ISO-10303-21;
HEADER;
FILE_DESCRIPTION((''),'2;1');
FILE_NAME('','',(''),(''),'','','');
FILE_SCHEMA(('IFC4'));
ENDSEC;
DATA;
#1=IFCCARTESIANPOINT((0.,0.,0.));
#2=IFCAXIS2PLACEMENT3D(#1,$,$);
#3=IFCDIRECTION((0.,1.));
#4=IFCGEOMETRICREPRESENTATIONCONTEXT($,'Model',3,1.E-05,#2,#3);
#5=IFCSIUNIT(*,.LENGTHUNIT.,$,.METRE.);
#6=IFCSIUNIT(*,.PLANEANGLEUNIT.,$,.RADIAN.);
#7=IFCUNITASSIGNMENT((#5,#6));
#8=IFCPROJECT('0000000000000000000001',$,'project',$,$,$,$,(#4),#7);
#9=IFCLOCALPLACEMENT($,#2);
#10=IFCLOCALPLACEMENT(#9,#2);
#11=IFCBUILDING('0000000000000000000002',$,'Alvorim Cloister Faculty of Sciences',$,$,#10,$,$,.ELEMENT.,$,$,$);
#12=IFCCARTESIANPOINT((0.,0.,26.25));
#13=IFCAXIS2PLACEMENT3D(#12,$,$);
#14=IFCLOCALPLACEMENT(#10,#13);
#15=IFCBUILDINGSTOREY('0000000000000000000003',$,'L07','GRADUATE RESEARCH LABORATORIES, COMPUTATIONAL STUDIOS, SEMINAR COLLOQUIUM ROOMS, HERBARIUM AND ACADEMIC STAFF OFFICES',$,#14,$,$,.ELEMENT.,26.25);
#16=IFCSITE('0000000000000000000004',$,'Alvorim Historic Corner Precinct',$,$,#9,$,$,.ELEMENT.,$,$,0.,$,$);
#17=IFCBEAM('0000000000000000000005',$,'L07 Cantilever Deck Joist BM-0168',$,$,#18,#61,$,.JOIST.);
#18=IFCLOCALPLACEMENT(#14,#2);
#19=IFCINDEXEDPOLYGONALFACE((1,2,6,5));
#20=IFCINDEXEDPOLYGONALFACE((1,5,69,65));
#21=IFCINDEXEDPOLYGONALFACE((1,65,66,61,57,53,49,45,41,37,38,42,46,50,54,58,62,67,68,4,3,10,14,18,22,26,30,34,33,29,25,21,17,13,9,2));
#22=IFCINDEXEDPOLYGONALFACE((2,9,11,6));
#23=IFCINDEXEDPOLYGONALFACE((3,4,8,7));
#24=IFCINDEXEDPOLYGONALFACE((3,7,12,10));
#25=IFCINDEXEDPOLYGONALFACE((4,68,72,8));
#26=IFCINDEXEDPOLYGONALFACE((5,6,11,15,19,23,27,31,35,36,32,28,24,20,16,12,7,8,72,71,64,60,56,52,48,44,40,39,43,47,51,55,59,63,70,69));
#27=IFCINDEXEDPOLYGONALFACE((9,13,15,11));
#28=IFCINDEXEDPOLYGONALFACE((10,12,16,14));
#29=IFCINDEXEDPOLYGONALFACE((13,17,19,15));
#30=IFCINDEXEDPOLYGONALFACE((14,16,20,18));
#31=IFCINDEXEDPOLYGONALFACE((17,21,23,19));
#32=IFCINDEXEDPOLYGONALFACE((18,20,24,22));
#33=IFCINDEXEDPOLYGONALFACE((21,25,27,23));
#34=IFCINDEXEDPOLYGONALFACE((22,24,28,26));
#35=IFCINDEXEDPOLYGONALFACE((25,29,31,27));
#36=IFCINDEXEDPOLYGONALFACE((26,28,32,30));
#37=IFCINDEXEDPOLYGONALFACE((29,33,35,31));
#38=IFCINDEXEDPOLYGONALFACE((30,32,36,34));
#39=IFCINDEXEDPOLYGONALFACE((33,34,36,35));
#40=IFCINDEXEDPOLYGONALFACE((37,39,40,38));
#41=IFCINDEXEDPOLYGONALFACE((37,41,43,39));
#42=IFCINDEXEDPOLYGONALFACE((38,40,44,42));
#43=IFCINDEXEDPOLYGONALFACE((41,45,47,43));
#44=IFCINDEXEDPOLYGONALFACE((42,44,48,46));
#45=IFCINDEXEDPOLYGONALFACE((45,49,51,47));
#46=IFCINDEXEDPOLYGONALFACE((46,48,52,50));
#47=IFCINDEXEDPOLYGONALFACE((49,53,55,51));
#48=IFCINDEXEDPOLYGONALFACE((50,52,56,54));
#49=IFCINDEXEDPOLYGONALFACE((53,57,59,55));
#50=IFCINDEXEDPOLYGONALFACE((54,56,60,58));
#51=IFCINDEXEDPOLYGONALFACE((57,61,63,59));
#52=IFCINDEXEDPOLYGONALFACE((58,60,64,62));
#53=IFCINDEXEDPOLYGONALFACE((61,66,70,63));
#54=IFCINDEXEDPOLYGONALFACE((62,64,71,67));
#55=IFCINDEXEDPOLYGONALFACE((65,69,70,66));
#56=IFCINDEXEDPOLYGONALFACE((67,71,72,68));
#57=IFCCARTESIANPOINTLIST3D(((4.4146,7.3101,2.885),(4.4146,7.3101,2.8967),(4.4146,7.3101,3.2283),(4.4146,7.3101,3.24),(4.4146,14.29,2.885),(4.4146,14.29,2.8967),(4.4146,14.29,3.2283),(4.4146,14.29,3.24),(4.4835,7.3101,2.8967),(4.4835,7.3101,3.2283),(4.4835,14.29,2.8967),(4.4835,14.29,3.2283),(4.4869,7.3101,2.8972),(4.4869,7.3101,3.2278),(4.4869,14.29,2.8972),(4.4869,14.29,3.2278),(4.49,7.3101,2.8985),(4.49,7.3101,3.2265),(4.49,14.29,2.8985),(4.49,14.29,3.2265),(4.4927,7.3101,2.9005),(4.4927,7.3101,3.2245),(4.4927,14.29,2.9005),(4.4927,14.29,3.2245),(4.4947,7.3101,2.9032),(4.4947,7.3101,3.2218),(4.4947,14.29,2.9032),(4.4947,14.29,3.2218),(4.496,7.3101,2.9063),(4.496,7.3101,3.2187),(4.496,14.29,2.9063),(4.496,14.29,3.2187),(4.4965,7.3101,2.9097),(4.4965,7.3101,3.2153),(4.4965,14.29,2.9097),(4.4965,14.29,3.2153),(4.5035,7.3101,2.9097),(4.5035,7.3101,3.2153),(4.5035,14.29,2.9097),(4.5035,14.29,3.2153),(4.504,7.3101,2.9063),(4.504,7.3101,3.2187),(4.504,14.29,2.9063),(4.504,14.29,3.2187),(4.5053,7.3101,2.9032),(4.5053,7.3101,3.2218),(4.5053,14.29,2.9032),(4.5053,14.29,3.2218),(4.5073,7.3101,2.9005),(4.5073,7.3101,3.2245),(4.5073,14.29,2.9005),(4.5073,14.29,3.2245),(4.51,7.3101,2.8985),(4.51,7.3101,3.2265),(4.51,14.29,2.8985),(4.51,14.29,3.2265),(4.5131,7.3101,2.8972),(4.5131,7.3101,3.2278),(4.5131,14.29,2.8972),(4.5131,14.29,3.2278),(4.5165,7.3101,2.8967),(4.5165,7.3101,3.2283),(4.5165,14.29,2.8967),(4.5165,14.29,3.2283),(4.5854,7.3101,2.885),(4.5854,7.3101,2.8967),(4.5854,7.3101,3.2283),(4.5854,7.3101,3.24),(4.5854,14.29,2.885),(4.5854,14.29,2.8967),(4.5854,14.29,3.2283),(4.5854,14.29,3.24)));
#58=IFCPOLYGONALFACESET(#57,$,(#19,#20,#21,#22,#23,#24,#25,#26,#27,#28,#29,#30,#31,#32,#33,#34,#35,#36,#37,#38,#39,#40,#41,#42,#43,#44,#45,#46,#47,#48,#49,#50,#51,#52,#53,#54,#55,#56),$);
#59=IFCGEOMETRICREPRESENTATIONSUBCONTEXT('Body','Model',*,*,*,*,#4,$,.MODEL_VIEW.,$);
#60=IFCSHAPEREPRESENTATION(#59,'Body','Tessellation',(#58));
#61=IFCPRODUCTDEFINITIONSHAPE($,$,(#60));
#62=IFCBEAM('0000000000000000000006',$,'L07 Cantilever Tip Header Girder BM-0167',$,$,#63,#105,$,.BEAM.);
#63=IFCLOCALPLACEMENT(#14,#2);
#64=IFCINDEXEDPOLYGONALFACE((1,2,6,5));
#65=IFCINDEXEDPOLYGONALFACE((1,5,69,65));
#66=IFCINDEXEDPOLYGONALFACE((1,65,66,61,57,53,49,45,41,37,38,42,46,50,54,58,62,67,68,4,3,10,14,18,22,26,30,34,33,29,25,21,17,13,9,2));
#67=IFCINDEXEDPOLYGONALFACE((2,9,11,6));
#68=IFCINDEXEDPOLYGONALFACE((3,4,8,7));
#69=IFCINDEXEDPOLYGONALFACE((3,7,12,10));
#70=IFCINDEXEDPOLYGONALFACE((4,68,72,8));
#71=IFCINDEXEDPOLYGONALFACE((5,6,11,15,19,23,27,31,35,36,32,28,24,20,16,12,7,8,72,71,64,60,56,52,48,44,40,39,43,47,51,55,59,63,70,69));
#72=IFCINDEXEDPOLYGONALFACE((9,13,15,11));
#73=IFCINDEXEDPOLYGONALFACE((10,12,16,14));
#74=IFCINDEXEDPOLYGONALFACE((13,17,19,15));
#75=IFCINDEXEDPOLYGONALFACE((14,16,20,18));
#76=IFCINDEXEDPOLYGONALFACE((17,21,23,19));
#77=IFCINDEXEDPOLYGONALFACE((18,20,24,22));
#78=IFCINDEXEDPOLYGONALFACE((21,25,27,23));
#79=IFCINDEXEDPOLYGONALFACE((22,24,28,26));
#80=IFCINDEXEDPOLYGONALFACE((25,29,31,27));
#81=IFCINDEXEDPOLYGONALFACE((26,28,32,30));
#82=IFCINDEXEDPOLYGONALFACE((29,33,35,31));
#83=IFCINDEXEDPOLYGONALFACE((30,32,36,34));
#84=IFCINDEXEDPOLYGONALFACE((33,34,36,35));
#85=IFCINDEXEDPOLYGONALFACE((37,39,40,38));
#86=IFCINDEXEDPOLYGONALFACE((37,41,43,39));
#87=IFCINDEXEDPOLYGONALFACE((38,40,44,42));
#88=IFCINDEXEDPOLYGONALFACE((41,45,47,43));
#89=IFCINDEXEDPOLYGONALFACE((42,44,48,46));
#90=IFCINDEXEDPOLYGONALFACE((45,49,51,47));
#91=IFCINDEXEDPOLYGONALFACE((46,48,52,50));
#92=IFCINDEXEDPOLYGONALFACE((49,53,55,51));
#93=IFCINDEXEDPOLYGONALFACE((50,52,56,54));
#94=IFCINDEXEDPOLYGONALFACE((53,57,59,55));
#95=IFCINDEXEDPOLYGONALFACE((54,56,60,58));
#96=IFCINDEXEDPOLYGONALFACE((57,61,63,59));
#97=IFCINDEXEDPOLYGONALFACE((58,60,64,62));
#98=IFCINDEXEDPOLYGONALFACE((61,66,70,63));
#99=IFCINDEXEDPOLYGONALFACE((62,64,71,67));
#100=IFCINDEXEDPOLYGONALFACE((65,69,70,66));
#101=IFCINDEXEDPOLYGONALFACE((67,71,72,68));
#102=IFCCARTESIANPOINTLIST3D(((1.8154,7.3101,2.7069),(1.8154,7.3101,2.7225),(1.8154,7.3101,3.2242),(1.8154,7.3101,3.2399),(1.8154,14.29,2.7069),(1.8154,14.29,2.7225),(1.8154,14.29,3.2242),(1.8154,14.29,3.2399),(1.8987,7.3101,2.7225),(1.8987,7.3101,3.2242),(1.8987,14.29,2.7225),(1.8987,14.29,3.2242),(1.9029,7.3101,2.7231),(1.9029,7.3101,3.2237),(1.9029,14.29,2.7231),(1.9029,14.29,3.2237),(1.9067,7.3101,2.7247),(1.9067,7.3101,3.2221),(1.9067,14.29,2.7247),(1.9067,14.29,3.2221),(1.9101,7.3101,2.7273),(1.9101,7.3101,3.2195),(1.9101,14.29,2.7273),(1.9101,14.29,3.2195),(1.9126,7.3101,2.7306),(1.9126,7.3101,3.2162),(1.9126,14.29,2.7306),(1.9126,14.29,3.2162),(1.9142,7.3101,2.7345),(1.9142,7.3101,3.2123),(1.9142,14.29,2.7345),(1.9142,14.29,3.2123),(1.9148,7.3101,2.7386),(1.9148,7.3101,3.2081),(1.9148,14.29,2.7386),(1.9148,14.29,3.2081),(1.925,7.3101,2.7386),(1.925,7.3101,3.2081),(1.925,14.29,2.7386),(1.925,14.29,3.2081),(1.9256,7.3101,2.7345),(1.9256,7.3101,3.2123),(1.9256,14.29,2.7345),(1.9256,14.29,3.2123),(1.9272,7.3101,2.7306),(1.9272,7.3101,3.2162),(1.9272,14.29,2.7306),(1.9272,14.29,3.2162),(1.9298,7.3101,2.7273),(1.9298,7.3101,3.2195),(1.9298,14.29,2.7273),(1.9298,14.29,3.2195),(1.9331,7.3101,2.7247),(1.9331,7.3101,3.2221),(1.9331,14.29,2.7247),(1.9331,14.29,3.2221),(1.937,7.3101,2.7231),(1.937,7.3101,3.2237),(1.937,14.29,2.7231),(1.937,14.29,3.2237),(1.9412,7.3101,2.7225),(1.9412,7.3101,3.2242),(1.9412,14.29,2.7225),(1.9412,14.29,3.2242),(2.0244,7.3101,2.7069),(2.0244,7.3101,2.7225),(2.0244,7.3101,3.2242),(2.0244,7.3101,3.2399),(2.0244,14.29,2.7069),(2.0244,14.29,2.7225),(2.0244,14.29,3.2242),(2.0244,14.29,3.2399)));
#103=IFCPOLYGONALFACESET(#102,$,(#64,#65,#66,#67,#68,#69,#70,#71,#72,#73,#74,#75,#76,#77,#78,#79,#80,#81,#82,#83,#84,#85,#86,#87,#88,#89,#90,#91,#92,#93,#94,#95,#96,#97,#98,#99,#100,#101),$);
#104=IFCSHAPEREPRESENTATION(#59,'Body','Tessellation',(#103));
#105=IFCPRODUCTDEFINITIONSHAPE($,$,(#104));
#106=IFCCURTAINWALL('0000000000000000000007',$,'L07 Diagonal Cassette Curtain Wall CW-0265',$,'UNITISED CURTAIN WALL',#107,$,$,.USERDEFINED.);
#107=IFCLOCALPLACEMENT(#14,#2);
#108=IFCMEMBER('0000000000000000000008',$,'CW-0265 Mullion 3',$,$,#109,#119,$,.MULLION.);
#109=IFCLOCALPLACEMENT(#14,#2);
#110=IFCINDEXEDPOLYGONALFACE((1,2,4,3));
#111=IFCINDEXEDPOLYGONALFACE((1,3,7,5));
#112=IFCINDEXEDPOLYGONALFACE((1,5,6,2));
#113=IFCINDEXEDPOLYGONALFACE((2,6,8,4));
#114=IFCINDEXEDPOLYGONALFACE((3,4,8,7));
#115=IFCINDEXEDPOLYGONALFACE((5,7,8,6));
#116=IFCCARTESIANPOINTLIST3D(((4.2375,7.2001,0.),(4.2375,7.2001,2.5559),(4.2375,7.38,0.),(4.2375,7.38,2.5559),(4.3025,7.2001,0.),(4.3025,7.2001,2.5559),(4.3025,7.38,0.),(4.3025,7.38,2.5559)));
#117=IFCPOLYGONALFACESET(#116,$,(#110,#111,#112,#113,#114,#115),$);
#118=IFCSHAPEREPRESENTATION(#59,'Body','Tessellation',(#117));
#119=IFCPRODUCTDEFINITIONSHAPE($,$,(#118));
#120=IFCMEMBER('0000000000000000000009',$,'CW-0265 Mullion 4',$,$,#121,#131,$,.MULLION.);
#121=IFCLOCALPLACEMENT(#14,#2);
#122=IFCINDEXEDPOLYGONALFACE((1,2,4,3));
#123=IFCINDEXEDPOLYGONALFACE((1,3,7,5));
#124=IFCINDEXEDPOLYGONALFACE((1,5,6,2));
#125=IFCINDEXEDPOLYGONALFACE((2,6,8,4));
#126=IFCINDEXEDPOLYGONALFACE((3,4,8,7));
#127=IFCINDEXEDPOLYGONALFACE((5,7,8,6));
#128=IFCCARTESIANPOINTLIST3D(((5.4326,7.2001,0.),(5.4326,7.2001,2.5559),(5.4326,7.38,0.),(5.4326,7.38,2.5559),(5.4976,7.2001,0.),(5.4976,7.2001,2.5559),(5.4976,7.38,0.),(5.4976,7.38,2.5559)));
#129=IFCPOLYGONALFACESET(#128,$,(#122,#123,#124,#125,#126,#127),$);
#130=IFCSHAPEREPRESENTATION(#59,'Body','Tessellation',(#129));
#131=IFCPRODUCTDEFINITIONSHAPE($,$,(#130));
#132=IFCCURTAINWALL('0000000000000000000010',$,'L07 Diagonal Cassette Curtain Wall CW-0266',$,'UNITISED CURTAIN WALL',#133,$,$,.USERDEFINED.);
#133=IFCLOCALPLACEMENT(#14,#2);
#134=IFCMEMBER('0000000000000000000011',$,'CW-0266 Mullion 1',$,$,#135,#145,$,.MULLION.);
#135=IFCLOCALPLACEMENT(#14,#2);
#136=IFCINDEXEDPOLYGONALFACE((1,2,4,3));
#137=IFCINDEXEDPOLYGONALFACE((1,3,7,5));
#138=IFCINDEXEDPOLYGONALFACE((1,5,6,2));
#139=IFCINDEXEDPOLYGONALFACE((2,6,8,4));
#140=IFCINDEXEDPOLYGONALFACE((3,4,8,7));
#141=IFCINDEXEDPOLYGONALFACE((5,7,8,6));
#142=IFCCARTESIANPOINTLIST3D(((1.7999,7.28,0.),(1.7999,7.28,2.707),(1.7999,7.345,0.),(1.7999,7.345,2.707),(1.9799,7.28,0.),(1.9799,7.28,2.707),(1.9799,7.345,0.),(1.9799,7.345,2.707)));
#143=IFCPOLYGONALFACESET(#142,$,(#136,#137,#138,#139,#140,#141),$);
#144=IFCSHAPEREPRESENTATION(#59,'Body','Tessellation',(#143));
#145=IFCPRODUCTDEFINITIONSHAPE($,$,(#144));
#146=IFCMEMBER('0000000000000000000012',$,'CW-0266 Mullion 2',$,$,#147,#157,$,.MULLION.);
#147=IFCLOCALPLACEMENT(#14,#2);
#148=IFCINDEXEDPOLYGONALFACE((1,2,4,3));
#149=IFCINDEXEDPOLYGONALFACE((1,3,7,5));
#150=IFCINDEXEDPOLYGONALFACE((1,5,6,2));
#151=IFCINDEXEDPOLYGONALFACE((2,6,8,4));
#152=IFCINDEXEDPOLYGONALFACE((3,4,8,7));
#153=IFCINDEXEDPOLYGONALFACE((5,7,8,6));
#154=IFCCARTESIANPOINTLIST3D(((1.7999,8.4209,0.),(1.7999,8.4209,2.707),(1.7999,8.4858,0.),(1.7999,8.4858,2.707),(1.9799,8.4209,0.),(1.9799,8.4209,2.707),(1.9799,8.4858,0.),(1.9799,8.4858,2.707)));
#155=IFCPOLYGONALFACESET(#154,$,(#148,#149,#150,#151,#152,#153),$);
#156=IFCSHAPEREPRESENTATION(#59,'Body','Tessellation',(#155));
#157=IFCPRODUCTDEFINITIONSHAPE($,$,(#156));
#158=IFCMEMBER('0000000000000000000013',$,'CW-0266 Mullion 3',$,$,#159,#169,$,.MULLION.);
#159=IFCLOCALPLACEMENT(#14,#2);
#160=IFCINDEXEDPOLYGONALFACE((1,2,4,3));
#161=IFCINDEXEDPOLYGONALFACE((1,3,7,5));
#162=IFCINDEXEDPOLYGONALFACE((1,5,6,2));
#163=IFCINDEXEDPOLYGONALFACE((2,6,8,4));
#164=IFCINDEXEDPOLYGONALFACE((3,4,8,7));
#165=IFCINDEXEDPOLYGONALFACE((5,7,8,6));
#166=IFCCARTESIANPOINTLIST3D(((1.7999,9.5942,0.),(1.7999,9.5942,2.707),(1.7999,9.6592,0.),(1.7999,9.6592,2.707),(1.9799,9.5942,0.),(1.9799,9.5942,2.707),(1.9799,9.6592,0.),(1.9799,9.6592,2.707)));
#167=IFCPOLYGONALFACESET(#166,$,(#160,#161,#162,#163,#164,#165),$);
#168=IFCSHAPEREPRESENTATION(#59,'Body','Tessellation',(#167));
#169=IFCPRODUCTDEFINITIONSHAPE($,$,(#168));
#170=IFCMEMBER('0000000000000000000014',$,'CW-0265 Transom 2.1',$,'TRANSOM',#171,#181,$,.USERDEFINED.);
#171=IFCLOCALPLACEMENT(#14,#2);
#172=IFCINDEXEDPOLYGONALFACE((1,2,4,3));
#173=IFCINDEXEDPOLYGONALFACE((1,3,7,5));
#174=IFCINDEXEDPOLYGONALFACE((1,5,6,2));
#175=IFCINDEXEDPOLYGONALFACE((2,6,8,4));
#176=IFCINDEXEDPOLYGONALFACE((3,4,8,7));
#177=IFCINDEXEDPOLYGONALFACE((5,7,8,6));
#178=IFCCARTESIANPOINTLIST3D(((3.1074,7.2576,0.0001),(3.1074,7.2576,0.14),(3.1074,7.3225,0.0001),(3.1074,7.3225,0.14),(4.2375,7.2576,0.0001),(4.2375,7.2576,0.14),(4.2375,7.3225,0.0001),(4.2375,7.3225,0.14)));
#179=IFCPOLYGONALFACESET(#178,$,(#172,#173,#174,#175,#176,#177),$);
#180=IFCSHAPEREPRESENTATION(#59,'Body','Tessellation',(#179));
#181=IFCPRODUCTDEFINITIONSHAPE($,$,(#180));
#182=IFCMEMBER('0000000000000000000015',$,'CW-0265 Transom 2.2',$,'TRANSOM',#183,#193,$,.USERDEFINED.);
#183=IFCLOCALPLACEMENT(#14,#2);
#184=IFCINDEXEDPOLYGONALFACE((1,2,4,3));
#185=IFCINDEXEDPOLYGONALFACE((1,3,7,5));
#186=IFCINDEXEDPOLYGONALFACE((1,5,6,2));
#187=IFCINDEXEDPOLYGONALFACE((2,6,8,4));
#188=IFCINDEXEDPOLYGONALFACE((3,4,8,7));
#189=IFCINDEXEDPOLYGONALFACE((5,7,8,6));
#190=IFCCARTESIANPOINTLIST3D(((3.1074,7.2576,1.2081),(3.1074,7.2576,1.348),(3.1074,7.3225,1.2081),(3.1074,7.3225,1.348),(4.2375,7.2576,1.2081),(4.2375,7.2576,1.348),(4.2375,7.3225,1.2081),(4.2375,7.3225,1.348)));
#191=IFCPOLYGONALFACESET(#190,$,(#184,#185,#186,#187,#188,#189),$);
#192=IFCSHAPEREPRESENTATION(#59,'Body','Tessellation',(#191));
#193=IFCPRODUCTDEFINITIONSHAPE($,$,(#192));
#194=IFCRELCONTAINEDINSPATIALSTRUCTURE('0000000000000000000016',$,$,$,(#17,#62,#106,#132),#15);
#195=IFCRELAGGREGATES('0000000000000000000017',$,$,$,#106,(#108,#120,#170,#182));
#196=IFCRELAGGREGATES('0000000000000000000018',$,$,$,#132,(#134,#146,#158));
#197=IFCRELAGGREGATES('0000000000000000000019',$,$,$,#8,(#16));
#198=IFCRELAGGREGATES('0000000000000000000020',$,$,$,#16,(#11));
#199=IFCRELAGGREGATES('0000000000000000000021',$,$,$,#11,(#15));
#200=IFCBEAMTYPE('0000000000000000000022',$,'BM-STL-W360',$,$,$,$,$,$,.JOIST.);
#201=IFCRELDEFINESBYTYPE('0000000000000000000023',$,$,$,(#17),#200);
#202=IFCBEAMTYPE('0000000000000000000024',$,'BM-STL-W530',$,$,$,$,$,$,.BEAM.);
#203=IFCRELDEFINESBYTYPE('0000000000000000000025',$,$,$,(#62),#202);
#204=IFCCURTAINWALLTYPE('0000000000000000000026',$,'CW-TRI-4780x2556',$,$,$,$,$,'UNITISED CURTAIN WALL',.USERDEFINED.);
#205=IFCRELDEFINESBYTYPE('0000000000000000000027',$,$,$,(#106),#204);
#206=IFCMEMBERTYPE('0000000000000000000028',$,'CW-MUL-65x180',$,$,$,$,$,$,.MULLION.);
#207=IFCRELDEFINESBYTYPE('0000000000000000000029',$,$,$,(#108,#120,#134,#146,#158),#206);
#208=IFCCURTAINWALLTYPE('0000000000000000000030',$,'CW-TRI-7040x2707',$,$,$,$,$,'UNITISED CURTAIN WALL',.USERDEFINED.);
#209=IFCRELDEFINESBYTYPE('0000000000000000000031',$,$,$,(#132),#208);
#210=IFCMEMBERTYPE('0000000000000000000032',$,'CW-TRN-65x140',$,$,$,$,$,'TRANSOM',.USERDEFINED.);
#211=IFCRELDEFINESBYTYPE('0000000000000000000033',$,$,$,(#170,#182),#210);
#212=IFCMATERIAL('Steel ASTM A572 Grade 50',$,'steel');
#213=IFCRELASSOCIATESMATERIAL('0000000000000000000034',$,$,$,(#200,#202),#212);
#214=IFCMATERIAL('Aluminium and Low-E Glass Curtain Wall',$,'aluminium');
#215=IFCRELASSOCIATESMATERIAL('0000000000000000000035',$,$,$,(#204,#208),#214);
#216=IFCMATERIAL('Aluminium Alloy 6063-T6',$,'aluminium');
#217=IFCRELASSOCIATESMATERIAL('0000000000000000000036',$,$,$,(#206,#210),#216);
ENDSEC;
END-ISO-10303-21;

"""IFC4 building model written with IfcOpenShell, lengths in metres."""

from ifc_helpers import new_model, si_unit, direction, frame, origin, origin_2d, place, context, subcontext, project, spatial, rectangle, i_section, extrude, material, material_profile, profile_set, type_object, element, aggregate, save


model = new_model("IFC4")

# Units and contexts
model_context = context("Model", 3, precision=1e-05, world=origin(), true_north=direction((0.0, 1.0)))
body_context = subcontext(model_context, "Body", "Model", "MODEL_VIEW")
ifc_project = project(units=[si_unit("LENGTHUNIT", "METRE"), si_unit("PLANEANGLEUNIT", "RADIAN")], contexts=[model_context])

# Site, building, storey
site_placement = place(None, origin())
site = spatial("IfcSite", under=ifc_project, at=site_placement, Name="Alvorim Historic Corner Precinct", CompositionType="ELEMENT", RefElevation=0.0)
building_placement = place(site_placement, origin())
building = spatial("IfcBuilding", under=site, at=building_placement, Name="Alvorim Cloister Faculty of Sciences", CompositionType="ELEMENT")
storey_placement = place(building_placement, frame((0.0, 0.0, 26.25)))
storey = spatial("IfcBuildingStorey", under=building, at=storey_placement, Name="L07", Description="GRADUATE RESEARCH LABORATORIES, COMPUTATIONAL STUDIOS, SEMINAR COLLOQUIUM ROOMS, HERBARIUM AND ACADEMIC STAFF OFFICES", CompositionType="ELEMENT", Elevation=26.25)

# Beams
ifc_material_1 = material(Name="Steel ASTM A572 Grade 50", Category="steel")
ifc_material_profile_1 = material_profile(ifc_material_1, i_section(OverallWidth=0.1709, OverallDepth=0.355, WebThickness=0.0071, FlangeThickness=0.0117, FilletRadius=0.0129, at=origin_2d()), Name="W360x51.0")
ifc_profile_set_1 = profile_set([ifc_material_profile_1], Name="Steel ASTM A572 Grade 50")
beam_type_1 = type_object("IfcBeamType", Name="BM-STL-W360", PredefinedType="JOIST", material=ifc_profile_set_1)
beam_1_placement = place(storey_placement, frame((4.5, 7.3101, 3.0625), z_axis=(0.0, 1.0, 0.0), x_axis=(-1.0, 0.0, 0.0)))
element("IfcBeam", 1, at=beam_1_placement, inside=storey, type_object=beam_type_1, Name="L07 Cantilever Deck Joist BM-0168", PredefinedType="JOIST", context=body_context, shape_type="SweptSolid", body=[
    extrude(i_section(OverallWidth=0.1709, OverallDepth=0.355, WebThickness=0.0071, FlangeThickness=0.0117, FilletRadius=0.0129, at=origin_2d()), origin(), (0.0, 0.0, 1.0), 6.98),
])
ifc_material_profile_2 = material_profile(ifc_material_1, i_section(OverallWidth=0.209, OverallDepth=0.533, WebThickness=0.0103, FlangeThickness=0.0156, FilletRadius=0.0161, at=origin_2d()), Name="W530x92.0")
ifc_profile_set_2 = profile_set([ifc_material_profile_2], Name="Steel ASTM A572 Grade 50")
beam_type_2 = type_object("IfcBeamType", Name="BM-STL-W530", PredefinedType="BEAM", material=ifc_profile_set_2)
beam_2_placement = place(storey_placement, frame((1.9199, 7.3101, 2.9734), z_axis=(0.0, 1.0, 0.0), x_axis=(-1.0, 0.0, 0.0)))
element("IfcBeam", 2, at=beam_2_placement, inside=storey, type_object=beam_type_2, Name="L07 Cantilever Tip Header Girder BM-0167", PredefinedType="BEAM", context=body_context, shape_type="SweptSolid", body=[
    extrude(i_section(OverallWidth=0.209, OverallDepth=0.533, WebThickness=0.0103, FlangeThickness=0.0156, FilletRadius=0.0161, at=origin_2d()), origin(), (0.0, 0.0, 1.0), 6.98),
])

# Curtain walls, members
ifc_material_2 = material(Name="Aluminium and Low-E Glass Curtain Wall", Category="aluminium")
curtain_wall_type_1 = type_object("IfcCurtainWallType", Name="CW-TRI-4780x2556", ElementType="UNITISED CURTAIN WALL", PredefinedType="USERDEFINED", material=ifc_material_2)
curtain_wall_1_placement = place(storey_placement, origin())
curtain_wall_1 = element("IfcCurtainWall", 3, at=curtain_wall_1_placement, inside=storey, type_object=curtain_wall_type_1, Name="L07 Diagonal Cassette Curtain Wall CW-0265", ObjectType="UNITISED CURTAIN WALL", PredefinedType="USERDEFINED")
ifc_material_3 = material(Name="Aluminium Alloy 6063-T6", Category="aluminium")
ifc_material_profile_3 = material_profile(ifc_material_3, rectangle(XDim=0.0649, YDim=0.1799, at=origin_2d()), Name="ALU-MUL-65x180")
ifc_profile_set_3 = profile_set([ifc_material_profile_3], Name="Aluminium Alloy 6063-T6")
member_type_1 = type_object("IfcMemberType", Name="CW-MUL-65x180", PredefinedType="MULLION", material=ifc_profile_set_3)
member_1_placement = place(storey_placement, frame((4.27, 7.29, 0.0), z_axis=(0.0, 0.0, 1.0), x_axis=(1.0, 0.0, 0.0)))
member_1 = element("IfcMember", 4, at=member_1_placement, type_object=member_type_1, Name="CW-0265 Mullion 3", PredefinedType="MULLION", context=body_context, shape_type="SweptSolid", body=[
    extrude(rectangle(XDim=0.0649, YDim=0.1799, at=origin_2d()), origin(), (0.0, 0.0, 1.0), 2.5559),
])
member_2_placement = place(storey_placement, frame((5.4651, 7.29, 0.0), z_axis=(0.0, 0.0, 1.0), x_axis=(1.0, 0.0, 0.0)))
member_2 = element("IfcMember", 5, at=member_2_placement, type_object=member_type_1, Name="CW-0265 Mullion 4", PredefinedType="MULLION", context=body_context, shape_type="SweptSolid", body=[
    extrude(rectangle(XDim=0.0649, YDim=0.1799, at=origin_2d()), origin(), (0.0, 0.0, 1.0), 2.5559),
])
curtain_wall_type_2 = type_object("IfcCurtainWallType", Name="CW-TRI-7040x2707", ElementType="UNITISED CURTAIN WALL", PredefinedType="USERDEFINED", material=ifc_material_2)
curtain_wall_2_placement = place(storey_placement, origin())
curtain_wall_2 = element("IfcCurtainWall", 6, at=curtain_wall_2_placement, inside=storey, type_object=curtain_wall_type_2, Name="L07 Diagonal Cassette Curtain Wall CW-0266", ObjectType="UNITISED CURTAIN WALL", PredefinedType="USERDEFINED")
member_3_placement = place(storey_placement, frame((1.8899, 7.3125, 0.0), z_axis=(0.0, 0.0, 1.0), x_axis=(0.0, 1.0, 0.0)))
member_3 = element("IfcMember", 7, at=member_3_placement, type_object=member_type_1, Name="CW-0266 Mullion 1", PredefinedType="MULLION", context=body_context, shape_type="SweptSolid", body=[
    extrude(rectangle(XDim=0.0649, YDim=0.1799, at=origin_2d()), origin(), (0.0, 0.0, 1.0), 2.707),
])
member_4_placement = place(storey_placement, frame((1.8899, 8.4534, 0.0), z_axis=(0.0, 0.0, 1.0), x_axis=(0.0, 1.0, 0.0)))
member_4 = element("IfcMember", 8, at=member_4_placement, type_object=member_type_1, Name="CW-0266 Mullion 2", PredefinedType="MULLION", context=body_context, shape_type="SweptSolid", body=[
    extrude(rectangle(XDim=0.0649, YDim=0.1799, at=origin_2d()), origin(), (0.0, 0.0, 1.0), 2.707),
])
member_5_placement = place(storey_placement, frame((1.8899, 9.6267, 0.0), z_axis=(0.0, 0.0, 1.0), x_axis=(0.0, 1.0, 0.0)))
member_5 = element("IfcMember", 9, at=member_5_placement, type_object=member_type_1, Name="CW-0266 Mullion 3", PredefinedType="MULLION", context=body_context, shape_type="SweptSolid", body=[
    extrude(rectangle(XDim=0.0649, YDim=0.1799, at=origin_2d()), origin(), (0.0, 0.0, 1.0), 2.707),
])

# Members
ifc_material_profile_4 = material_profile(ifc_material_3, rectangle(XDim=0.0649, YDim=0.1399, at=origin_2d()), Name="ALU-TRN-65x140")
ifc_profile_set_4 = profile_set([ifc_material_profile_4], Name="Aluminium Alloy 6063-T6")
member_type_2 = type_object("IfcMemberType", Name="CW-TRN-65x140", ElementType="TRANSOM", PredefinedType="USERDEFINED", material=ifc_profile_set_4)
member_6_placement = place(storey_placement, frame((3.1074, 7.29, 0.0701), z_axis=(1.0, 0.0, 0.0), x_axis=(0.0, 1.0, 0.0)))
member_6 = element("IfcMember", 10, at=member_6_placement, type_object=member_type_2, Name="CW-0265 Transom 2.1", ObjectType="TRANSOM", PredefinedType="USERDEFINED", context=body_context, shape_type="SweptSolid", body=[
    extrude(rectangle(XDim=0.0649, YDim=0.1399, at=origin_2d()), origin(), (0.0, 0.0, 1.0), 1.1301),
])
member_7_placement = place(storey_placement, frame((3.1074, 7.29, 1.2781), z_axis=(1.0, 0.0, 0.0), x_axis=(0.0, 1.0, 0.0)))
member_7 = element("IfcMember", 11, at=member_7_placement, type_object=member_type_2, Name="CW-0265 Transom 2.2", ObjectType="TRANSOM", PredefinedType="USERDEFINED", context=body_context, shape_type="SweptSolid", body=[
    extrude(rectangle(XDim=0.0649, YDim=0.1399, at=origin_2d()), origin(), (0.0, 0.0, 1.0), 1.1301),
])
aggregate(curtain_wall_1, [member_1, member_2, member_6, member_7])

aggregate(curtain_wall_2, [member_3, member_4, member_5])

save(model, "model.ifc")
